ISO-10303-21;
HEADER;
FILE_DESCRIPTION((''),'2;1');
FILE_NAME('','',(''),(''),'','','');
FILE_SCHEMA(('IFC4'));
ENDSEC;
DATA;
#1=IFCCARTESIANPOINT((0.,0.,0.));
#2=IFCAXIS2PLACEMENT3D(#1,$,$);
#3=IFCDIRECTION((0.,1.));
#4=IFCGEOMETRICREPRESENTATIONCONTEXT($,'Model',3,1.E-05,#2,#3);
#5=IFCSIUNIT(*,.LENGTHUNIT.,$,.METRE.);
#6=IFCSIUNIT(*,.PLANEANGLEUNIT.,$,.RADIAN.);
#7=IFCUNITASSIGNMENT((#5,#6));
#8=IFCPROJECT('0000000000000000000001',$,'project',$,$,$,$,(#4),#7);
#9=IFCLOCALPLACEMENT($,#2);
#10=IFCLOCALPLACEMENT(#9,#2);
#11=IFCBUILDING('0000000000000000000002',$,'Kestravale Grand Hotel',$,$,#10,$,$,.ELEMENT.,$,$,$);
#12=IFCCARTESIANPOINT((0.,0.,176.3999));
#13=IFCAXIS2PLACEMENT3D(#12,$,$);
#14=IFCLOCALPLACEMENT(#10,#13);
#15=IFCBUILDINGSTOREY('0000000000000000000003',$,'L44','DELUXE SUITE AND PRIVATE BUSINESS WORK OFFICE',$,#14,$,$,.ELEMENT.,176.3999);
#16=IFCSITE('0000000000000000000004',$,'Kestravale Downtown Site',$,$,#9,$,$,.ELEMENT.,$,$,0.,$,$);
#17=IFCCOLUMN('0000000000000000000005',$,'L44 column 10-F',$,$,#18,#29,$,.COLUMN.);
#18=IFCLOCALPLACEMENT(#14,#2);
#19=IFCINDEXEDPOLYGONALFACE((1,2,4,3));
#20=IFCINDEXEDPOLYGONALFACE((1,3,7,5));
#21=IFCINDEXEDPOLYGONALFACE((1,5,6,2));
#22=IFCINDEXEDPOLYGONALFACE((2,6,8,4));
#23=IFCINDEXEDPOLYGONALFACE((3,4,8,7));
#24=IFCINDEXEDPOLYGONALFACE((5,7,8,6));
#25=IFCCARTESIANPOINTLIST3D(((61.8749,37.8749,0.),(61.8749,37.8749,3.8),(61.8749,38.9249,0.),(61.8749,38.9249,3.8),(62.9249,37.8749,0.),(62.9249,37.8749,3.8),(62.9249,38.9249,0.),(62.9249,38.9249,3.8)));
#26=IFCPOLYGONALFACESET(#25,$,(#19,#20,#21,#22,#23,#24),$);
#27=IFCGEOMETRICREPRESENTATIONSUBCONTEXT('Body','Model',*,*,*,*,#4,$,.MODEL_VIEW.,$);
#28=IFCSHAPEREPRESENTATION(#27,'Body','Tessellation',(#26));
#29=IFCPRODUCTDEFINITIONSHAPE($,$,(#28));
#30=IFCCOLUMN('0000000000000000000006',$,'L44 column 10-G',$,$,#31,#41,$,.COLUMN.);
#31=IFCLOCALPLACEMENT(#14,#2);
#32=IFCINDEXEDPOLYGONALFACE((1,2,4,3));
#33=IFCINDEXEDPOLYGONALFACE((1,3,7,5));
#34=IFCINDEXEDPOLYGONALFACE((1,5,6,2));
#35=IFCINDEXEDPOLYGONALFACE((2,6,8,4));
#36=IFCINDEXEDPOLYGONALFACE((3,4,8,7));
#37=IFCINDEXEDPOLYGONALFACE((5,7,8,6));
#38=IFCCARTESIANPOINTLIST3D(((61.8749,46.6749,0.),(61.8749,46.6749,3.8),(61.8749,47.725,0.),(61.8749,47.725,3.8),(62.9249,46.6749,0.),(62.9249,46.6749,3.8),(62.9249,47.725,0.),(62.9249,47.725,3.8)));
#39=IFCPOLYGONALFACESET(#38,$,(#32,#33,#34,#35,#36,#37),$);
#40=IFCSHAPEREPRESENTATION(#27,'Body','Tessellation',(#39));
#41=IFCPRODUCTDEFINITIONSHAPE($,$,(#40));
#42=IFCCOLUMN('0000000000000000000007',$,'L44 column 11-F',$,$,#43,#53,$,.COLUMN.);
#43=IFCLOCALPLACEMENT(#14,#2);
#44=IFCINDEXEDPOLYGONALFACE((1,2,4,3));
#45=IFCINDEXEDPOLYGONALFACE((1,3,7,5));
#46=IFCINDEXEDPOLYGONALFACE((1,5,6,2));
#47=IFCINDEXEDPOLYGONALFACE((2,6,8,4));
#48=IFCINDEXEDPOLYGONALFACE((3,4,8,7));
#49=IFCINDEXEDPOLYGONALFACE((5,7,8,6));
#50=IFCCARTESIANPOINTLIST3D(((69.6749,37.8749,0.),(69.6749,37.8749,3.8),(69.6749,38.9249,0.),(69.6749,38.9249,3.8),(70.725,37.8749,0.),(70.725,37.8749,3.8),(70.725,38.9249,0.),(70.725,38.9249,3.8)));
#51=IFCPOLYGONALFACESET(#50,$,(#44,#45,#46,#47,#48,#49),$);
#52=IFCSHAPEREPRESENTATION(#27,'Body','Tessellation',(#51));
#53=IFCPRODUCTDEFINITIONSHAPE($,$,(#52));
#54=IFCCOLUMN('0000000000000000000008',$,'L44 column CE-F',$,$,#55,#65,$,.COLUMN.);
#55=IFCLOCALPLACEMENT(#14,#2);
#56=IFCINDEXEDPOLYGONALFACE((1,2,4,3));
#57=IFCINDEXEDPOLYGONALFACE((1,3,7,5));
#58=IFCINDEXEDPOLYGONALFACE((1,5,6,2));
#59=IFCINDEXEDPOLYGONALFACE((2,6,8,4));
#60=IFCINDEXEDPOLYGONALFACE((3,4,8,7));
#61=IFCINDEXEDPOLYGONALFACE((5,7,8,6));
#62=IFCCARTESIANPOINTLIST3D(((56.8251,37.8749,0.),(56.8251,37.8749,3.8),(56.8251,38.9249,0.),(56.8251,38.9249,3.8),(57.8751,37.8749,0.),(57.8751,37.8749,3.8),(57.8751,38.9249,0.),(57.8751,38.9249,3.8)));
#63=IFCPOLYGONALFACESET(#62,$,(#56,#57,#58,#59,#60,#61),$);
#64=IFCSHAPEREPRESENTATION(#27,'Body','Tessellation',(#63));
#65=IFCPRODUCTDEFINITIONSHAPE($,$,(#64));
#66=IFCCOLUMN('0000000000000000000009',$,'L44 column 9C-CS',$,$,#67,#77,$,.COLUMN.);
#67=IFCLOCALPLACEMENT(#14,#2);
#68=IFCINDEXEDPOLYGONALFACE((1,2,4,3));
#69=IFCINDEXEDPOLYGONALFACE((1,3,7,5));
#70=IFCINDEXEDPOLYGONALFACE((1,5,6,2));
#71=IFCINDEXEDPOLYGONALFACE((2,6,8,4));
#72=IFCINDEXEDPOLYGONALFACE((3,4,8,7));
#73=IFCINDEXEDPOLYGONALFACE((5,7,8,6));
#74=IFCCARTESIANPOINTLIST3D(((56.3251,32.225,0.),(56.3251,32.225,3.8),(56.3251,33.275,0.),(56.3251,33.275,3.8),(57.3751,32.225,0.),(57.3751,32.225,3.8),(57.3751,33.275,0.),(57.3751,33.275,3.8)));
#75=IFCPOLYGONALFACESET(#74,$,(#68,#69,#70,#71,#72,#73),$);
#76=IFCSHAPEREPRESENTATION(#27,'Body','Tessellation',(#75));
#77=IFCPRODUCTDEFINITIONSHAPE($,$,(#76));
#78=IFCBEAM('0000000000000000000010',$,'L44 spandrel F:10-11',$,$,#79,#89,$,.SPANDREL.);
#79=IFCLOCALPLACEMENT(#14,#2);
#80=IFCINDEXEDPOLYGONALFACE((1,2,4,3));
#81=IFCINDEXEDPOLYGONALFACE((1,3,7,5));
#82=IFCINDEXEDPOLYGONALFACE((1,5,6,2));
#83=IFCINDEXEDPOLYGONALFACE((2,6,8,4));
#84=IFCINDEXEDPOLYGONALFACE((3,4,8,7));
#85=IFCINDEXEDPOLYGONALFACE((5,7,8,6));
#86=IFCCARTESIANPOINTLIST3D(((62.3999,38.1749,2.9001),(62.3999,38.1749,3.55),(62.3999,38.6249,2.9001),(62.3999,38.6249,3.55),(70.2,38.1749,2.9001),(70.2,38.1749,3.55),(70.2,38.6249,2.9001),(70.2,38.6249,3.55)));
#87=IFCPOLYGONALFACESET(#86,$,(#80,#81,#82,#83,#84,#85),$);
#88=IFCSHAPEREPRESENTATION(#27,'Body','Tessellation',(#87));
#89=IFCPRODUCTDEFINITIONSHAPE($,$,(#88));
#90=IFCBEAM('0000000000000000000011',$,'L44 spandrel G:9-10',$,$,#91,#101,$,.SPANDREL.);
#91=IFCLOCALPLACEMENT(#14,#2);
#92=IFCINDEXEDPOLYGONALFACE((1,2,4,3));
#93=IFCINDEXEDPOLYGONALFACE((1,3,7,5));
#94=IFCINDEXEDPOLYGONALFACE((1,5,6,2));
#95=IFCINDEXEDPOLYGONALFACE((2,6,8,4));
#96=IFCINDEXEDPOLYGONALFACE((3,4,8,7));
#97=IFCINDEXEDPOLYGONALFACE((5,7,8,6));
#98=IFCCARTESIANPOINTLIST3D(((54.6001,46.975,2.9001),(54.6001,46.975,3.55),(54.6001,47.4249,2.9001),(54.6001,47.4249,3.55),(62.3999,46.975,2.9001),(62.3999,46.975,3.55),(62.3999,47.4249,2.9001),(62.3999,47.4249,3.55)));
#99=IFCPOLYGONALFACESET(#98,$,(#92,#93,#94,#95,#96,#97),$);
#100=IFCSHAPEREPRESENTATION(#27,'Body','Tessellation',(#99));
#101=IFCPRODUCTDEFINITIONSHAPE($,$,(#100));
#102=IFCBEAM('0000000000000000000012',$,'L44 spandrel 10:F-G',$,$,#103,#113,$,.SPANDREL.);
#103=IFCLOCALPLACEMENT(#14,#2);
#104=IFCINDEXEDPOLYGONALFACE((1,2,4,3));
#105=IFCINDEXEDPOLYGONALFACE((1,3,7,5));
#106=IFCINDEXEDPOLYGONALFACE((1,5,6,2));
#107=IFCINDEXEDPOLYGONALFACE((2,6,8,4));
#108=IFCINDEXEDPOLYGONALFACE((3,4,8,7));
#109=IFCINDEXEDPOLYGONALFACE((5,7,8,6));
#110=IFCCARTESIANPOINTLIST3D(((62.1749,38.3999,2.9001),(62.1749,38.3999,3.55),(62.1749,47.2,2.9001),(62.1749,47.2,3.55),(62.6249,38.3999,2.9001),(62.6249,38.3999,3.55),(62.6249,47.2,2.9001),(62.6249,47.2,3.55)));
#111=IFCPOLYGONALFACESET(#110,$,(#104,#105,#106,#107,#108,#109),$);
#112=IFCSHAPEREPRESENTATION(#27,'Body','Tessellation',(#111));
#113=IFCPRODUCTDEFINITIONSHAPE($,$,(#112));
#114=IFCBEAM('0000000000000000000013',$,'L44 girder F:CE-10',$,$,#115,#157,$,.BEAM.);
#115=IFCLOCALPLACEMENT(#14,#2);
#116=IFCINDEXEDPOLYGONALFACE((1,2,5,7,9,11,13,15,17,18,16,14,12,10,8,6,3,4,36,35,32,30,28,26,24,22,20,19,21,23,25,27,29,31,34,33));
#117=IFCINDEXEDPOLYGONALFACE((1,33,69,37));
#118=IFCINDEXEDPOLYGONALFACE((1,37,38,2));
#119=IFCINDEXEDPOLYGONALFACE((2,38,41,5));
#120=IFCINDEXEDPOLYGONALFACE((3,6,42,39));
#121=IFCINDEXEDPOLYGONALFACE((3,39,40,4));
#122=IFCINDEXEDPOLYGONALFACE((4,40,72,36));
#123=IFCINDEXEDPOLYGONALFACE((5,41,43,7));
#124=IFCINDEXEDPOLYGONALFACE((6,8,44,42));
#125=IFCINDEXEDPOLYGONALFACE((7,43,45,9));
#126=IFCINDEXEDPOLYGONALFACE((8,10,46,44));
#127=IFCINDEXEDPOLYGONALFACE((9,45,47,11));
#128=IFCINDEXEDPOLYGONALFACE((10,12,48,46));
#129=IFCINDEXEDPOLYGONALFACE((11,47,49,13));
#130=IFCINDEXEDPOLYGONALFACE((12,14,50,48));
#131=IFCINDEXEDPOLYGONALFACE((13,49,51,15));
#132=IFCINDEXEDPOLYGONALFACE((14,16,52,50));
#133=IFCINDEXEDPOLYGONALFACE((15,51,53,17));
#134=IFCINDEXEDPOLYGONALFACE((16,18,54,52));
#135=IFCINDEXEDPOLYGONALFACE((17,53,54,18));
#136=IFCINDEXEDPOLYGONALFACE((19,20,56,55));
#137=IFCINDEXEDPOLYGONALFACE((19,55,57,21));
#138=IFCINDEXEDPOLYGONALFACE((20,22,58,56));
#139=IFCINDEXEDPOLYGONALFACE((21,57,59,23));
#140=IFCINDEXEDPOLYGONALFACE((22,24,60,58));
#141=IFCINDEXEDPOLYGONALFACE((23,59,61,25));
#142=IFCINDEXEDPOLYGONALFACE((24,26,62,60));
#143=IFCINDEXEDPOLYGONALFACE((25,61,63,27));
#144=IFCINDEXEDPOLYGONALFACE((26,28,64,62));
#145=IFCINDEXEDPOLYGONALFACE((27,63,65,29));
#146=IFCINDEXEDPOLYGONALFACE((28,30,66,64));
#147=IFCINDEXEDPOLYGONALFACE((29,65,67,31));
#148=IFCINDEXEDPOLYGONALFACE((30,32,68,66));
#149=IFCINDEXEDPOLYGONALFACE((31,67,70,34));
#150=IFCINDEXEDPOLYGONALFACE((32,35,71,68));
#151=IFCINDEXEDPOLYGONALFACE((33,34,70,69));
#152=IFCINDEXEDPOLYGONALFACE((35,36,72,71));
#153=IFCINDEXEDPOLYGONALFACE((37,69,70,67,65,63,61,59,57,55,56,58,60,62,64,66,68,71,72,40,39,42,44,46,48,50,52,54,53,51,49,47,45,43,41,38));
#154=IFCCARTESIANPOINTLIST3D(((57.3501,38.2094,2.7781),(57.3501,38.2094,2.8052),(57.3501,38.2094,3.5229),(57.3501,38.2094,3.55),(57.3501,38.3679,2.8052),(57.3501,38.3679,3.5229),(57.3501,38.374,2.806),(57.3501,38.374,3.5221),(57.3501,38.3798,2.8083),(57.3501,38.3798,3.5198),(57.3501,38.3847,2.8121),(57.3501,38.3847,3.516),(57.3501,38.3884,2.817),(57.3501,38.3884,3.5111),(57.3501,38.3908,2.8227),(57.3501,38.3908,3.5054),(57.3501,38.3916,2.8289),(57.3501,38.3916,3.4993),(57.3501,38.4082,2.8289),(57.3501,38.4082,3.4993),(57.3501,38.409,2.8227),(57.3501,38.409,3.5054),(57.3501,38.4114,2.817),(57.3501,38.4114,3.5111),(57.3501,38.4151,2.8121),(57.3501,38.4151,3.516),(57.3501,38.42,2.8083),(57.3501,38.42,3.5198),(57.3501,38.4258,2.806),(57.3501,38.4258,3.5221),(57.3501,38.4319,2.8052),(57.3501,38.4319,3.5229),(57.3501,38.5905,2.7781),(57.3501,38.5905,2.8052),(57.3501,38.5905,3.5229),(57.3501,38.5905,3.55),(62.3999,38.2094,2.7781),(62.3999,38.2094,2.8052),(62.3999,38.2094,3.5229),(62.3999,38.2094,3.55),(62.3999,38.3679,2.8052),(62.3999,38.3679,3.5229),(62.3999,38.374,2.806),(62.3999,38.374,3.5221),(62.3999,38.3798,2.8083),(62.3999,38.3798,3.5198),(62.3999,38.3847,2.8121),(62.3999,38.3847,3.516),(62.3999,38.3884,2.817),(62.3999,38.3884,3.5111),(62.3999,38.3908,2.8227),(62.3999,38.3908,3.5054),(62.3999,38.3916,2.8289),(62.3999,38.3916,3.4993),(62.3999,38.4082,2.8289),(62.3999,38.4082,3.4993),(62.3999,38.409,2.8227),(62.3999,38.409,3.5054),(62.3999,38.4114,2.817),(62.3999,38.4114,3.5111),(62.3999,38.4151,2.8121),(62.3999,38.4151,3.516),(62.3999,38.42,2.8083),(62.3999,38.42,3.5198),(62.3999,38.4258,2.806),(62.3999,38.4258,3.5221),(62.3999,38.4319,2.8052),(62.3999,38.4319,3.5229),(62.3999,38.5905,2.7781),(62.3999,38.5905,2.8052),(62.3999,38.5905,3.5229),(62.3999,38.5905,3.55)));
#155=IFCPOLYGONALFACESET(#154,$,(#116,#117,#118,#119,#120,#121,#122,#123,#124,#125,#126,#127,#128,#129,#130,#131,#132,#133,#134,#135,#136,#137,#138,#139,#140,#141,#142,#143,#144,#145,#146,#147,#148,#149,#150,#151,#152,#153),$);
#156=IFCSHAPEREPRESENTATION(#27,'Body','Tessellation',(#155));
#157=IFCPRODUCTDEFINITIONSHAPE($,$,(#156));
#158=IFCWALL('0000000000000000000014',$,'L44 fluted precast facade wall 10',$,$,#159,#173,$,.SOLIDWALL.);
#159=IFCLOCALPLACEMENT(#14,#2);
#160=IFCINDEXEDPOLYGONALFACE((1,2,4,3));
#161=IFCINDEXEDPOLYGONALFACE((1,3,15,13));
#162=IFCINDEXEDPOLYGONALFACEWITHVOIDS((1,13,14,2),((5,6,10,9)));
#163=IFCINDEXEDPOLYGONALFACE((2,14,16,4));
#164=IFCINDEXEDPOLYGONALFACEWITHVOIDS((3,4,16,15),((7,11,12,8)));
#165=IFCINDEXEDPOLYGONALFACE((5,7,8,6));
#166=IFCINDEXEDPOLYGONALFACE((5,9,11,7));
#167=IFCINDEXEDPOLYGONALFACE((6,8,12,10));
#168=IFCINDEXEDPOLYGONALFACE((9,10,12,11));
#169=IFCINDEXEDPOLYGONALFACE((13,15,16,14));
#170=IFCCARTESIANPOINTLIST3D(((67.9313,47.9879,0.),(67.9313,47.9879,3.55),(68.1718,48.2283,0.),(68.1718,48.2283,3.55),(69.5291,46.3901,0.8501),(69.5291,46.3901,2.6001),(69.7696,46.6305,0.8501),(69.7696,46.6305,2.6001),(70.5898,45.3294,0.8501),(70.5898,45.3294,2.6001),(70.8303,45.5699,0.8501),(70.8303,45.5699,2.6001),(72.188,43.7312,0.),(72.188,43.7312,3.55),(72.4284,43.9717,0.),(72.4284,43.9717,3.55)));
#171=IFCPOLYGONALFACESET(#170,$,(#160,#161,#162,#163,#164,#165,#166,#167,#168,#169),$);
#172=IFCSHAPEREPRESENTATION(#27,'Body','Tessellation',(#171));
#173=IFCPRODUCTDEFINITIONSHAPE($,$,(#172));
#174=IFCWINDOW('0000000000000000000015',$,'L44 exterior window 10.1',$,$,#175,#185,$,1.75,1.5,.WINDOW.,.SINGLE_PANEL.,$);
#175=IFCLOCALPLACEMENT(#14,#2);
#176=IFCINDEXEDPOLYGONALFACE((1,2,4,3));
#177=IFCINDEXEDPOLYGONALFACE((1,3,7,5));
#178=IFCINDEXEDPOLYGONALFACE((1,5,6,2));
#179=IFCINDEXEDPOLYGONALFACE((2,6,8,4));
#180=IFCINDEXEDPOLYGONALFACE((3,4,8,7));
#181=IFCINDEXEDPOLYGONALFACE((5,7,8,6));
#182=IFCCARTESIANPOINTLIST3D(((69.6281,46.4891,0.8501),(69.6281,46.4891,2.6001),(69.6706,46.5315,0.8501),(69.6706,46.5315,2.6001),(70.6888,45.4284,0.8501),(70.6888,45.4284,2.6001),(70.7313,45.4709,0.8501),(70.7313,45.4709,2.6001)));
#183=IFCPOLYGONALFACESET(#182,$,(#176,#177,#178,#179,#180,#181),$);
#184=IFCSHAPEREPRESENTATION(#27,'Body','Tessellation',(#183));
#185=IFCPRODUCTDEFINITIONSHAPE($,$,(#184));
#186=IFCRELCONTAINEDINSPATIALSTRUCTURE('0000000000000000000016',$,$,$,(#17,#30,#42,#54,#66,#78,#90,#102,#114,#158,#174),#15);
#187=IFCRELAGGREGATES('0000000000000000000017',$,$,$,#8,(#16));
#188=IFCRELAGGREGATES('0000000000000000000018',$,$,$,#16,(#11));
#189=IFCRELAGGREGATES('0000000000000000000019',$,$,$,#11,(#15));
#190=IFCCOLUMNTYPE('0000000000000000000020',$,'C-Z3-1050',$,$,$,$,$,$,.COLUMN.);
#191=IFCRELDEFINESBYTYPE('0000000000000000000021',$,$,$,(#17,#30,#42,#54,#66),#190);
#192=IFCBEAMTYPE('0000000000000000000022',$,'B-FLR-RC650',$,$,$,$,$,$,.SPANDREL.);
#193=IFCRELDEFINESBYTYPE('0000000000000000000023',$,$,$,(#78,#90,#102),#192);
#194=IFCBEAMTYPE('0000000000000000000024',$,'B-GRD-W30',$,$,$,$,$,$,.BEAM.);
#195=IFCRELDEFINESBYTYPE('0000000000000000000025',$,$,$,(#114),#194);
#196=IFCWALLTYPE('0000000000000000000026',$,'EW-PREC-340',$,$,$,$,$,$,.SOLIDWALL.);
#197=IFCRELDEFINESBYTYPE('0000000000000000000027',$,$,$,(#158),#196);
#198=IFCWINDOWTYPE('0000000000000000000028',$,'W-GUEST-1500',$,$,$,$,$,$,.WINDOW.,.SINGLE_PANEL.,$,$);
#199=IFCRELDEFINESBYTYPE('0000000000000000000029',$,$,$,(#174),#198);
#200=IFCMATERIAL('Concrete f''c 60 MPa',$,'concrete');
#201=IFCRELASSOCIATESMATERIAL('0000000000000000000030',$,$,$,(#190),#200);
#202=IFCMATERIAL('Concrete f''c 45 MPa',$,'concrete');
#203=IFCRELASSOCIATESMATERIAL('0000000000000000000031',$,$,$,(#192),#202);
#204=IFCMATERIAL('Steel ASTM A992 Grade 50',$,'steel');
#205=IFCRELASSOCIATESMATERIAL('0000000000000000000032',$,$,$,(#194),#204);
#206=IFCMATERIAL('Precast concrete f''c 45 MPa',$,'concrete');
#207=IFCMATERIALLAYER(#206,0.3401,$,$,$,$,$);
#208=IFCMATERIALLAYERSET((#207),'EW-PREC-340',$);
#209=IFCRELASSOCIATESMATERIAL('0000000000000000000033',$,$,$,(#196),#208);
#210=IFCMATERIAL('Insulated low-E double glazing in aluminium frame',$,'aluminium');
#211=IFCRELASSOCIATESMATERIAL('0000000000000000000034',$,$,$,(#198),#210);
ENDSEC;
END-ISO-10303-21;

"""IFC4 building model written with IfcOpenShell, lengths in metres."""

from ifc_helpers import new_model, si_unit, direction, frame, frame_2d, origin, origin_2d, place, context, subcontext, project, spatial, rectangle, i_section, extrude, material, layer, layer_set, material_profile, profile_set, type_object, element, fill, save


model = new_model("IFC4")

# Units and contexts
model_context = context("Model", 3, precision=1e-05, world=origin(), true_north=direction((0.0, 1.0)))
body_context = subcontext(model_context, "Body", "Model", "MODEL_VIEW")
ifc_project = project(units=[si_unit("LENGTHUNIT", "METRE"), si_unit("PLANEANGLEUNIT", "RADIAN")], contexts=[model_context])

# Site, building, storey
site_placement = place(None, origin())
site = spatial("IfcSite", under=ifc_project, at=site_placement, Name="Kestravale Downtown Site", CompositionType="ELEMENT", RefElevation=0.0)
building_placement = place(site_placement, origin())
building = spatial("IfcBuilding", under=site, at=building_placement, Name="Kestravale Grand Hotel", CompositionType="ELEMENT")
storey_placement = place(building_placement, frame((0.0, 0.0, 176.3999)))
storey = spatial("IfcBuildingStorey", under=building, at=storey_placement, Name="L44", Description="DELUXE SUITE AND PRIVATE BUSINESS WORK OFFICE", CompositionType="ELEMENT", Elevation=176.3999)

# Columns
ifc_material_1 = material(Name="Concrete f'c 60 MPa", Category="concrete")
ifc_material_profile_1 = material_profile(ifc_material_1, rectangle(XDim=1.05, YDim=1.05, at=origin_2d()))
ifc_profile_set_1 = profile_set([ifc_material_profile_1], Name="Concrete f'c 60 MPa")
column_type = type_object("IfcColumnType", Name="C-Z3-1050", PredefinedType="COLUMN", material=ifc_profile_set_1)
for number, where, z_axis, x_axis, name in (
    (1, (62.3999, 38.3999, 0.0), (0.0, 0.0, 1.0), (1.0, 0.0, 0.0), "L44 column 10-F"),
    (2, (62.3999, 47.2, 0.0), (0.0, 0.0, 1.0), (1.0, 0.0, 0.0), "L44 column 10-G"),
    (3, (70.2, 38.3999, 0.0), (0.0, 0.0, 1.0), (1.0, 0.0, 0.0), "L44 column 11-F"),
    (4, (57.3501, 38.3999, 0.0), (0.0, 0.0, 1.0), (1.0, 0.0, 0.0), "L44 column CE-F"),
    (5, (56.8501, 32.75, 0.0), (0.0, 0.0, 1.0), (1.0, 0.0, 0.0), "L44 column 9C-CS"),
):
    element("IfcColumn", number, at=place(storey_placement, frame(where, z_axis=z_axis, x_axis=x_axis)), inside=storey, type_object=column_type, Name=name, PredefinedType="COLUMN", context=body_context, shape_type="SweptSolid", body=[
        extrude(rectangle(XDim=1.05, YDim=1.05, at=origin_2d()), origin(), (0.0, 0.0, 1.0), 3.8),
    ])

# Beams
ifc_material_2 = material(Name="Concrete f'c 45 MPa", Category="concrete")
ifc_material_profile_2 = material_profile(ifc_material_2, rectangle(XDim=0.45, YDim=0.6499, at=origin_2d()))
ifc_profile_set_2 = profile_set([ifc_material_profile_2], Name="Concrete f'c 45 MPa")
beam_type_1 = type_object("IfcBeamType", Name="B-FLR-RC650", PredefinedType="SPANDREL", material=ifc_profile_set_2)
beam_1_placement = place(storey_placement, frame((62.3999, 38.3999, 3.2251), z_axis=(1.0, 0.0, 0.0), x_axis=(0.0, 1.0, 0.0)))
element("IfcBeam", 6, at=beam_1_placement, inside=storey, type_object=beam_type_1, Name="L44 spandrel F:10-11", PredefinedType="SPANDREL", context=body_context, shape_type="SweptSolid", body=[
    extrude(rectangle(XDim=0.45, YDim=0.6499, at=origin_2d()), origin(), (0.0, 0.0, 1.0), 7.8),
])
beam_2_placement = place(storey_placement, frame((54.6001, 47.2, 3.2251), z_axis=(1.0, 0.0, 0.0), x_axis=(0.0, 1.0, 0.0)))
element("IfcBeam", 7, at=beam_2_placement, inside=storey, type_object=beam_type_1, Name="L44 spandrel G:9-10", PredefinedType="SPANDREL", context=body_context, shape_type="SweptSolid", body=[
    extrude(rectangle(XDim=0.45, YDim=0.6499, at=origin_2d()), origin(), (0.0, 0.0, 1.0), 7.7998),
])
beam_3_placement = place(storey_placement, frame((62.3999, 38.3999, 3.2251), z_axis=(0.0, 1.0, 0.0), x_axis=(-1.0, 0.0, 0.0)))
element("IfcBeam", 8, at=beam_3_placement, inside=storey, type_object=beam_type_1, Name="L44 spandrel 10:F-G", PredefinedType="SPANDREL", context=body_context, shape_type="SweptSolid", body=[
    extrude(rectangle(XDim=0.45, YDim=0.6499, at=origin_2d()), origin(), (0.0, 0.0, 1.0), 8.8),
])
ifc_material_3 = material(Name="Steel ASTM A992 Grade 50", Category="steel")
ifc_material_profile_3 = material_profile(ifc_material_3, i_section(OverallWidth=0.3811, OverallDepth=0.772, WebThickness=0.0166, FlangeThickness=0.0271, FilletRadius=0.0237, at=origin_2d()))
ifc_profile_set_3 = profile_set([ifc_material_profile_3], Name="Steel ASTM A992 Grade 50")
beam_type_2 = type_object("IfcBeamType", Name="B-GRD-W30", PredefinedType="BEAM", material=ifc_profile_set_3)
beam_4_placement = place(storey_placement, frame((57.3501, 38.3999, 3.1641), z_axis=(1.0, 0.0, 0.0), x_axis=(0.0, 1.0, 0.0)))
element("IfcBeam", 9, at=beam_4_placement, inside=storey, type_object=beam_type_2, Name="L44 girder F:CE-10", PredefinedType="BEAM", context=body_context, shape_type="SweptSolid", body=[
    extrude(i_section(OverallWidth=0.3811, OverallDepth=0.772, WebThickness=0.0166, FlangeThickness=0.0271, FilletRadius=0.0237, at=origin_2d()), origin(), (0.0, 0.0, 1.0), 5.0498),
])

# Wall, opening, window
ifc_material_4 = material(Name="Precast concrete f'c 45 MPa", Category="concrete")
ifc_layer_1 = layer(ifc_material_4, 0.3401)
ifc_layer_set_1 = layer_set([ifc_layer_1], Name="EW-PREC-340")
wall_type_1 = type_object("IfcWallType", Name="EW-PREC-340", PredefinedType="SOLIDWALL", material=ifc_layer_set_1)
wall_1_placement = place(storey_placement, frame((72.3081, 43.8516, 0.0), z_axis=(0.0, 0.0, 1.0), x_axis=(-0.707107, 0.707107, 0.0)))
wall_1 = element("IfcWall", 10, at=wall_1_placement, inside=storey, type_object=wall_type_1, Name="L44 fluted precast facade wall 10", PredefinedType="SOLIDWALL", context=body_context, shape_type="SweptSolid", body=[
    extrude(rectangle(XDim=6.0198, YDim=0.3401, at=frame_2d((3.0098, 0.0))), origin(), (0.0, 0.0, 1.0), 3.55),
])
opening_1_placement = place(wall_1_placement, frame((2.26, 0.0, 0.8501)))
opening_1 = element("IfcOpeningElement", 11, at=opening_1_placement, cuts=wall_1, PredefinedType="OPENING", context=body_context, shape_type="SweptSolid", body=[
    extrude(rectangle(XDim=1.5, YDim=1.75, at=frame_2d((0.75, 0.875))), frame((0.0, 0.1799, 0.0), z_axis=(0.0, -1.0, 0.0), x_axis=(1.0, 0.0, 0.0)), (0.0, 0.0, 1.0), 0.3601),
])
ifc_material_5 = material(Name="Insulated low-E double glazing in aluminium frame", Category="aluminium")
window_type = type_object("IfcWindowType", Name="W-GUEST-1500", PartitioningType="SINGLE_PANEL", PredefinedType="WINDOW", material=ifc_material_5)
window_1_placement = place(opening_1_placement, origin())
window_1 = element("IfcWindow", 12, at=window_1_placement, inside=storey, type_object=window_type, Name="L44 exterior window 10.1", OverallHeight=1.75, OverallWidth=1.5, PartitioningType="SINGLE_PANEL", PredefinedType="WINDOW", context=body_context, shape_type="SweptSolid", body=[
    extrude(rectangle(XDim=1.5, YDim=1.75, at=frame_2d((0.75, 0.875))), frame((0.0, 0.03, 0.0), z_axis=(0.0, -1.0, 0.0), x_axis=(1.0, 0.0, 0.0)), (0.0, 0.0, 1.0), 0.0601),
])
fill(opening_1, window_1)

save(model, "model.ifc")
